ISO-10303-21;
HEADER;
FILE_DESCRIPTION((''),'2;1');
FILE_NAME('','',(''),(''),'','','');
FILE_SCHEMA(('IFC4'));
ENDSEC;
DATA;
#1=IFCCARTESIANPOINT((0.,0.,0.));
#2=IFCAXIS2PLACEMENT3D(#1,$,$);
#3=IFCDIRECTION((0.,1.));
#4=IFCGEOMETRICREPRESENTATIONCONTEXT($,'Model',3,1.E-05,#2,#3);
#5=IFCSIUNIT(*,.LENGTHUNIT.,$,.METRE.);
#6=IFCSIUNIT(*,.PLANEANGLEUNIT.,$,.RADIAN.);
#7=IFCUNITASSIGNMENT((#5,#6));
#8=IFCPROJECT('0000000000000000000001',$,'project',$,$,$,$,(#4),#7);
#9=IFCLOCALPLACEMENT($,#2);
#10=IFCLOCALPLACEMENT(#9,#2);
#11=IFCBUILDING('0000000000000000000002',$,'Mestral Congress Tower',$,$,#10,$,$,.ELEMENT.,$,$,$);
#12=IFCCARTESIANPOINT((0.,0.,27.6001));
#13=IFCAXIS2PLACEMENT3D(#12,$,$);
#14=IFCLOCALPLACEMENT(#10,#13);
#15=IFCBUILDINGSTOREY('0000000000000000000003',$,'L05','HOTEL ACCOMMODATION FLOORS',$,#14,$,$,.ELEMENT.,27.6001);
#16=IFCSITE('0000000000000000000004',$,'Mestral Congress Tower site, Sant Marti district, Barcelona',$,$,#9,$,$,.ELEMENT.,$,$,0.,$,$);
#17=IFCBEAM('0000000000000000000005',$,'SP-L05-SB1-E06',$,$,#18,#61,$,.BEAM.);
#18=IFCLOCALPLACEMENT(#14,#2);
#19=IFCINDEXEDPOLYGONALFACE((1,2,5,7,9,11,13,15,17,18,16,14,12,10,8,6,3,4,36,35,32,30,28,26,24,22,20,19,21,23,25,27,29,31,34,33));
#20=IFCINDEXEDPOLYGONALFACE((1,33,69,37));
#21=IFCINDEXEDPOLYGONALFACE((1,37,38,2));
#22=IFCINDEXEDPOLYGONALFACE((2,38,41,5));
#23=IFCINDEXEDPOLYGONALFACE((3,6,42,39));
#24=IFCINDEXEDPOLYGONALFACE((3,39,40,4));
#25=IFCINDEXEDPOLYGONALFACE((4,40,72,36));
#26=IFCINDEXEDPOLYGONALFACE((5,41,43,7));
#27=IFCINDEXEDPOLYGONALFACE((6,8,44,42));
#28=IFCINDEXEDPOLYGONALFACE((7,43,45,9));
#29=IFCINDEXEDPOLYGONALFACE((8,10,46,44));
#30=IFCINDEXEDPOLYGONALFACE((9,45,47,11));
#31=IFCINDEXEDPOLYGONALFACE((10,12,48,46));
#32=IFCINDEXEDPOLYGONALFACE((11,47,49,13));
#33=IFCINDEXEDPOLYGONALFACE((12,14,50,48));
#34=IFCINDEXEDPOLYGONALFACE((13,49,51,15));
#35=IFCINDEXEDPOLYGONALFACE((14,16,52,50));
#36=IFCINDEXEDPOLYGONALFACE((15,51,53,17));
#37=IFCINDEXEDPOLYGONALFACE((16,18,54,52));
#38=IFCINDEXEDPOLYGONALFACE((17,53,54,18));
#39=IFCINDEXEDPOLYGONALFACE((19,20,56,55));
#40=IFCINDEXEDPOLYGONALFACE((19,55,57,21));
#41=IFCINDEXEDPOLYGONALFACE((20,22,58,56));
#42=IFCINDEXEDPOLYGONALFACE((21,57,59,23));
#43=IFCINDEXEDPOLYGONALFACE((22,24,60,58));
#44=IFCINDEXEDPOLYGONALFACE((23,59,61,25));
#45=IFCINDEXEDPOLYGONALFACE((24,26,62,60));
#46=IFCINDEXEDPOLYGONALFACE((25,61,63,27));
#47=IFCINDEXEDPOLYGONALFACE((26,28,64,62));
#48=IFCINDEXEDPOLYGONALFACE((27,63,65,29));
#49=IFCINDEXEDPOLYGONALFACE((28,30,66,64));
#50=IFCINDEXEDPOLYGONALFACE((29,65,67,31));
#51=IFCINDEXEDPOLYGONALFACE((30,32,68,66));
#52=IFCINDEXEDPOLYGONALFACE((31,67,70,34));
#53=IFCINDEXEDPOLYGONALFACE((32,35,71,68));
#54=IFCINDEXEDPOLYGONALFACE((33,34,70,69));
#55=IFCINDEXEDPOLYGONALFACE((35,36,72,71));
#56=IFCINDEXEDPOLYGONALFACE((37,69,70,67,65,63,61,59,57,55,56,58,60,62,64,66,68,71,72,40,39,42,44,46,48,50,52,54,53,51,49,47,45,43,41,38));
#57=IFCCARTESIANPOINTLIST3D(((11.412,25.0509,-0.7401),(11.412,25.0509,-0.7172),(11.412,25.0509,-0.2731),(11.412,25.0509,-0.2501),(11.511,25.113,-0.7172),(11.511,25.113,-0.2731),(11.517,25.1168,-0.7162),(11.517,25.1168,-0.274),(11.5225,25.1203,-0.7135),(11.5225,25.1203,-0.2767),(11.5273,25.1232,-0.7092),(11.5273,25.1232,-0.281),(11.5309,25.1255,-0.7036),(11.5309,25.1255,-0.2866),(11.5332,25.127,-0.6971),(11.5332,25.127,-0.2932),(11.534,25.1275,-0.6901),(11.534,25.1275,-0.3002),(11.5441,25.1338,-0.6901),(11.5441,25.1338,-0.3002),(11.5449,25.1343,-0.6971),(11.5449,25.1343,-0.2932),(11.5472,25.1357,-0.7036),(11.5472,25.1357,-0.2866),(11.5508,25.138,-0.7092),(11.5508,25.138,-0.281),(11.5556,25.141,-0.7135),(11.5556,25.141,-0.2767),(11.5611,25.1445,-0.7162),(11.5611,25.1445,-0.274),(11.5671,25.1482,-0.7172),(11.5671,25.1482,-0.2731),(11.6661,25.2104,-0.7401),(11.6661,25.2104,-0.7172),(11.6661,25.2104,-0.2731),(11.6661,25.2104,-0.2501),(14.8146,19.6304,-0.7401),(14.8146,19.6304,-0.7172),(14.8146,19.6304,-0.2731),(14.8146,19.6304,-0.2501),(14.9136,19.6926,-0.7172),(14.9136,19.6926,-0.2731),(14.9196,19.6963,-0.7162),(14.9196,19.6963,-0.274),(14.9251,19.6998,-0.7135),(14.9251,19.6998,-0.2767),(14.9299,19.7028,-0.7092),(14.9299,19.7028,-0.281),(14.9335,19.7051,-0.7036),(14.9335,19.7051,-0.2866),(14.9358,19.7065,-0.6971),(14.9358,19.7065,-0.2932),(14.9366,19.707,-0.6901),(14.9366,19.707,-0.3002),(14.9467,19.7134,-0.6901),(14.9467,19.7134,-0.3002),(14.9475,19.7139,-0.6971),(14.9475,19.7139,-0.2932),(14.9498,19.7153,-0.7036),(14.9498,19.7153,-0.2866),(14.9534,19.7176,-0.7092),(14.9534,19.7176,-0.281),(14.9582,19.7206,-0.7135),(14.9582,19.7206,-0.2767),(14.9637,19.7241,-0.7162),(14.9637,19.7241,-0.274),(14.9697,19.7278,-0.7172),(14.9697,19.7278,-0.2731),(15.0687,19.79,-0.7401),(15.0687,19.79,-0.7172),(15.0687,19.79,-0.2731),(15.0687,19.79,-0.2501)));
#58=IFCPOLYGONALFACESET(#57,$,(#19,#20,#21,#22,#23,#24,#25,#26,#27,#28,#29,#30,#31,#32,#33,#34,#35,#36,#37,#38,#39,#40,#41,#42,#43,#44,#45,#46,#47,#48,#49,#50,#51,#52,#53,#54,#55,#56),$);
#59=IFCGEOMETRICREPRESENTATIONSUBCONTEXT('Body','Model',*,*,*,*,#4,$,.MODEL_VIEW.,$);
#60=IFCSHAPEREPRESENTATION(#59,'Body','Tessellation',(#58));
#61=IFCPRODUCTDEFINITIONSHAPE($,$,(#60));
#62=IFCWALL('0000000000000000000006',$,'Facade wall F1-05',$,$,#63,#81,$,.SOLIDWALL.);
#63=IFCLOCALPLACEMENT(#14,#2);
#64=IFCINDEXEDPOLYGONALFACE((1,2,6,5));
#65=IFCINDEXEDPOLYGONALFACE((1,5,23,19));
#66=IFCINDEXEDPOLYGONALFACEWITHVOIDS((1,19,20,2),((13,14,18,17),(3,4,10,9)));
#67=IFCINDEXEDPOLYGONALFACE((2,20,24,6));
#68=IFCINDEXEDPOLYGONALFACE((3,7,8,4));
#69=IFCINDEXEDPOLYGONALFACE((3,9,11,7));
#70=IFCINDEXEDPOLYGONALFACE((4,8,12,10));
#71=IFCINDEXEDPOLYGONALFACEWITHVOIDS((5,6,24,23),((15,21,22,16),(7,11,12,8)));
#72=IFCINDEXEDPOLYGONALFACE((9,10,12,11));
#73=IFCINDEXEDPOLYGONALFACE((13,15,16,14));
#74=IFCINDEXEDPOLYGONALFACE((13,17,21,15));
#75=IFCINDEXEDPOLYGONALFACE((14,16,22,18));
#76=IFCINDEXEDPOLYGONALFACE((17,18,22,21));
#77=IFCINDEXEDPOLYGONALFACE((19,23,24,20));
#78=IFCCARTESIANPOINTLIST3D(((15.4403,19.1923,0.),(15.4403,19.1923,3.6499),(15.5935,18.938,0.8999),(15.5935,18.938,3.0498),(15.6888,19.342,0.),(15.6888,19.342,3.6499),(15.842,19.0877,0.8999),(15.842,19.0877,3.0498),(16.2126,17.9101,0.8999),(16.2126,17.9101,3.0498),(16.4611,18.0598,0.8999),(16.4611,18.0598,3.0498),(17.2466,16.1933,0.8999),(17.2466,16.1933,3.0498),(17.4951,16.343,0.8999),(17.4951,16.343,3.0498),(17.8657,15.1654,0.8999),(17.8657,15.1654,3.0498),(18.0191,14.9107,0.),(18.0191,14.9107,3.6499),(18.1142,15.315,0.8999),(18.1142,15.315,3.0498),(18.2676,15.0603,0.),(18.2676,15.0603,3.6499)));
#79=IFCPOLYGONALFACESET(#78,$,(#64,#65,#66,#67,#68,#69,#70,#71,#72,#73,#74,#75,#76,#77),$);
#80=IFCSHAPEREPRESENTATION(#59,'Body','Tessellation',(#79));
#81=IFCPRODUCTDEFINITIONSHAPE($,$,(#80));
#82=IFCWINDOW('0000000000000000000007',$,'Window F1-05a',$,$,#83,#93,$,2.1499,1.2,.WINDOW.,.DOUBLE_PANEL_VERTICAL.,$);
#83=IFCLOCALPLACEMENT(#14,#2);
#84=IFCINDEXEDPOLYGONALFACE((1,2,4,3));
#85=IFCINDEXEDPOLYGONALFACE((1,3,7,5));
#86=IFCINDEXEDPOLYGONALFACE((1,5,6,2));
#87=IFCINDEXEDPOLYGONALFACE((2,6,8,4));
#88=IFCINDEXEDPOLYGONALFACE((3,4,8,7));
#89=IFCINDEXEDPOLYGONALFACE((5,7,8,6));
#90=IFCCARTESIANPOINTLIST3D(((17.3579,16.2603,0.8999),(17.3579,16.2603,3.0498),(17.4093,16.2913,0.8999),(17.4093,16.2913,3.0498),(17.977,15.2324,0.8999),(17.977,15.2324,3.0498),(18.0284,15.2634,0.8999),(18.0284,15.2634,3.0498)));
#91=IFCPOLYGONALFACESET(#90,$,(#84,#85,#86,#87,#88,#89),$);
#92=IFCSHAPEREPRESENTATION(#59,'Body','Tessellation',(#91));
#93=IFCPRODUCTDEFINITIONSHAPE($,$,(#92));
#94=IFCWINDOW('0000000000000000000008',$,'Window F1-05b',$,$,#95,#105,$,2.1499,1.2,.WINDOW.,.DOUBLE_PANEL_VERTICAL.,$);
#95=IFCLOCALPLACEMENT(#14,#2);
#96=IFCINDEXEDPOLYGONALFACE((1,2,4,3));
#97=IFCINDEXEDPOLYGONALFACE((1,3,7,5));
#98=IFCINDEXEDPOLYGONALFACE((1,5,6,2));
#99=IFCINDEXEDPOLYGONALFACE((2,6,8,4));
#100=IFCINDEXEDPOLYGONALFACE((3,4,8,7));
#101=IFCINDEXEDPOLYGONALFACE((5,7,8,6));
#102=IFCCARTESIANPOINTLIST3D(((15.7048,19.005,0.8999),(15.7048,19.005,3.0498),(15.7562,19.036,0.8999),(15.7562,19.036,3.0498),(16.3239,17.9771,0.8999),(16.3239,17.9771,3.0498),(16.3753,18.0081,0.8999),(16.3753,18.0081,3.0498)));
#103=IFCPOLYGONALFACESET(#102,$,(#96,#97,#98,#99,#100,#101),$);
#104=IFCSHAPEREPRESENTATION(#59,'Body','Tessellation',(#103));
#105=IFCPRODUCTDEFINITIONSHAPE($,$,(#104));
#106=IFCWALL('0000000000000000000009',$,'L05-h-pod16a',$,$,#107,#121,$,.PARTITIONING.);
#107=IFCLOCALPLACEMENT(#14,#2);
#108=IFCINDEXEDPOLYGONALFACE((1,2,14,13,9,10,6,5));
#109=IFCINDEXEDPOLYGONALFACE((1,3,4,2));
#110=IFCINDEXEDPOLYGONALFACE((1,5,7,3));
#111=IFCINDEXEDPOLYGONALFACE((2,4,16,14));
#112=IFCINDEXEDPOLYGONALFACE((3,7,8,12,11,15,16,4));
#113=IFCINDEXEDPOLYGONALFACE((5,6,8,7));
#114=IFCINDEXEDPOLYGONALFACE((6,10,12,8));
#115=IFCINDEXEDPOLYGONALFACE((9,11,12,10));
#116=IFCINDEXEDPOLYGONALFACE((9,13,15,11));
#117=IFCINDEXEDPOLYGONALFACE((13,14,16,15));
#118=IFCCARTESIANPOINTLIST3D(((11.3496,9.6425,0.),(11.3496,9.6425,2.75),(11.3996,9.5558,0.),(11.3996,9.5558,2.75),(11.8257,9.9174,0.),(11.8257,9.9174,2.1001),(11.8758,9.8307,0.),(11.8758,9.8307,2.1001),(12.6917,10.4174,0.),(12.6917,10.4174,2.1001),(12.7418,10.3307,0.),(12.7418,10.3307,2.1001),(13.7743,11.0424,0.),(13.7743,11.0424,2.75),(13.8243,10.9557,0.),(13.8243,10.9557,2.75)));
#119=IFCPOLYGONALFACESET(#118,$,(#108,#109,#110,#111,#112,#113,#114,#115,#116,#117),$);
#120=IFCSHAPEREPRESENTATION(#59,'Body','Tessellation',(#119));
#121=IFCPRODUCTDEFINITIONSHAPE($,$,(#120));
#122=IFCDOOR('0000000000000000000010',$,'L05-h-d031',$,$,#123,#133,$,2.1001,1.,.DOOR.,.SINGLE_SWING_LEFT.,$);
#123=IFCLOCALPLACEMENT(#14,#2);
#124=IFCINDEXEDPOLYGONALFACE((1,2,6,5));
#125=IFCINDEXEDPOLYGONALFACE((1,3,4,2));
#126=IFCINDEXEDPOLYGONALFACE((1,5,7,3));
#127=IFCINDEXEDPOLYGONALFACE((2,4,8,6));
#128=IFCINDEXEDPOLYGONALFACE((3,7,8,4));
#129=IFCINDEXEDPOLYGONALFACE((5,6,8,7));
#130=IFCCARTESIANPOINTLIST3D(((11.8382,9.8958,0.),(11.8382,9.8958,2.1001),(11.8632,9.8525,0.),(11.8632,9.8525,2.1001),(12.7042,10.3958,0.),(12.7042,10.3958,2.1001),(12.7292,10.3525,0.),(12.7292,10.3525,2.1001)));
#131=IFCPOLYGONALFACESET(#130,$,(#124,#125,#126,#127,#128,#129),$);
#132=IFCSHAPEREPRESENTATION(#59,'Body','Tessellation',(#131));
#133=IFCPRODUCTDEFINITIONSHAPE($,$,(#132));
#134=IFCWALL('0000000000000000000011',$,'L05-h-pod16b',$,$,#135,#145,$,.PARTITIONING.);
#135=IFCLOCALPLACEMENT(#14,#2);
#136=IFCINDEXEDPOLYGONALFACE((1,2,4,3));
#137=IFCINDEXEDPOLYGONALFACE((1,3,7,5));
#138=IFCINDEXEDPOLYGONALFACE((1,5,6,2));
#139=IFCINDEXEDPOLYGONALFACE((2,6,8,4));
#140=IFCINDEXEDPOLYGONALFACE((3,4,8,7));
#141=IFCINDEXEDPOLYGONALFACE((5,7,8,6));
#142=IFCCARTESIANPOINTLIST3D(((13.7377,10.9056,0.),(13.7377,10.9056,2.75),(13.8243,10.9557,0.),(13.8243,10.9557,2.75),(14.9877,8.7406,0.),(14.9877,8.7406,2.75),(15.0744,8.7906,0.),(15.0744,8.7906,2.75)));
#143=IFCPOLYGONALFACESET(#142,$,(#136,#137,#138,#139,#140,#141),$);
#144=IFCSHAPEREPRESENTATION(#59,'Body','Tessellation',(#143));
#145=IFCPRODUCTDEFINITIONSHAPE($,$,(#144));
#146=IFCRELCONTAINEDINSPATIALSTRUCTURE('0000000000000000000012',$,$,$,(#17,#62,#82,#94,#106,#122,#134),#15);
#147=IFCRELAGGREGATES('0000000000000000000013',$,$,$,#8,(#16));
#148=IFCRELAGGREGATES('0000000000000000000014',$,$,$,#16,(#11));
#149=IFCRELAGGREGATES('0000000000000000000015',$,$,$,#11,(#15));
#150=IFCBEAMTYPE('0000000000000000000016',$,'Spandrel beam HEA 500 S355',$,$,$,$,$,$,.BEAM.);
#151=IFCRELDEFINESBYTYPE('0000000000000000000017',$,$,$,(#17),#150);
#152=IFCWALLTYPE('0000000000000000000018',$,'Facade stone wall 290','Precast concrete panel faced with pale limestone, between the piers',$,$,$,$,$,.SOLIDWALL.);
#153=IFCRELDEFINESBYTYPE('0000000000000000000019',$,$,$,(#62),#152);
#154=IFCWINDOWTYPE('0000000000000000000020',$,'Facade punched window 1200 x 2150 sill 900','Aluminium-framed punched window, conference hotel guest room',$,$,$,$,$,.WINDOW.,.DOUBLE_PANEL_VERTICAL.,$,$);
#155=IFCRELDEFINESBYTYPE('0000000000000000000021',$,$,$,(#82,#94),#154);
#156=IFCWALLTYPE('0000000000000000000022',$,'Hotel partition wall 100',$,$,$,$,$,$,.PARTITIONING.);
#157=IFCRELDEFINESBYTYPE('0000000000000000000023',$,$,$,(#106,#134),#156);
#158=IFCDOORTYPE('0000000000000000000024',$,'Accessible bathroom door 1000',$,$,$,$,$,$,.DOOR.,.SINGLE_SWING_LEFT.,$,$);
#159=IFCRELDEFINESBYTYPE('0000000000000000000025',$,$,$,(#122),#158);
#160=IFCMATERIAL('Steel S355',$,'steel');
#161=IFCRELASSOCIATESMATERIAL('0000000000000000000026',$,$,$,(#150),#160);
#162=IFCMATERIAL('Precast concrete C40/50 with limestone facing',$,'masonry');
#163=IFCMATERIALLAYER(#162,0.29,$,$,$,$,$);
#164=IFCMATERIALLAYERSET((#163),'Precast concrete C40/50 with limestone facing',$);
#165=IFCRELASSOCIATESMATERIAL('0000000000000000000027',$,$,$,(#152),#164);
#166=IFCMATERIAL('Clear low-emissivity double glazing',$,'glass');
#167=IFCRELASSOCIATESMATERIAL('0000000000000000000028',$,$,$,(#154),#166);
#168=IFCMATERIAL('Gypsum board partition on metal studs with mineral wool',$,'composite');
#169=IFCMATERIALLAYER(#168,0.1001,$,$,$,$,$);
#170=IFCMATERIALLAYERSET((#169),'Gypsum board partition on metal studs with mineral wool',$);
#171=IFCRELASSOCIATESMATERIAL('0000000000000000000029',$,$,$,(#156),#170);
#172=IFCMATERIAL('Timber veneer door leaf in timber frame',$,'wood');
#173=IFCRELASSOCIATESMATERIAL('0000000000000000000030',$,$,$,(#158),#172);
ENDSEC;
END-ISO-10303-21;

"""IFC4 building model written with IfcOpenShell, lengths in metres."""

from ifc_helpers import new_model, si_unit, direction, frame, frame_2d, origin, origin_2d, place, context, subcontext, project, spatial, rectangle, i_section, extrude, material, layer, layer_set, material_profile, profile_set, type_object, element, fill, save


model = new_model("IFC4")

# Units and contexts
model_context = context("Model", 3, precision=1e-05, world=origin(), true_north=direction((0.0, 1.0)))
body_context = subcontext(model_context, "Body", "Model", "MODEL_VIEW")
ifc_project = project(units=[si_unit("LENGTHUNIT", "METRE"), si_unit("PLANEANGLEUNIT", "RADIAN")], contexts=[model_context])

# Site, building, storey
site_placement = place(None, origin())
site = spatial("IfcSite", under=ifc_project, at=site_placement, Name="Mestral Congress Tower site, Sant Marti district, Barcelona", CompositionType="ELEMENT", RefElevation=0.0)
building_placement = place(site_placement, origin())
building = spatial("IfcBuilding", under=site, at=building_placement, Name="Mestral Congress Tower", CompositionType="ELEMENT")
storey_placement = place(building_placement, frame((0.0, 0.0, 27.6001)))
storey = spatial("IfcBuildingStorey", under=building, at=storey_placement, Name="L05", Description="HOTEL ACCOMMODATION FLOORS", CompositionType="ELEMENT", Elevation=27.6001)

# Beam
ifc_material_1 = material(Name="Steel S355", Category="steel")
ifc_material_profile_1 = material_profile(ifc_material_1, i_section(OverallWidth=0.3, OverallDepth=0.49, WebThickness=0.012, FlangeThickness=0.0229, FilletRadius=0.0271, at=origin_2d()), Name="HEA 500")
ifc_profile_set_1 = profile_set([ifc_material_profile_1], Name="Steel S355")
beam_type_1 = type_object("IfcBeamType", Name="Spandrel beam HEA 500 S355", PredefinedType="BEAM", material=ifc_profile_set_1)
for number, where, z_axis, x_axis, name in (
    (1, (14.9417, 19.7102, -0.4951), (-0.531664, 0.846955, 0.0), (-0.846955, -0.531664, 0.0), "SP-L05-SB1-E06"),
):
    element("IfcBeam", number, at=place(storey_placement, frame(where, z_axis=z_axis, x_axis=x_axis)), inside=storey, type_object=beam_type_1, Name=name, PredefinedType="BEAM", context=body_context, shape_type="SweptSolid", body=[
        extrude(i_section(OverallWidth=0.3, OverallDepth=0.49, WebThickness=0.012, FlangeThickness=0.0229, FilletRadius=0.0271, at=origin_2d()), origin(), (0.0, 0.0, 1.0), 6.3999),
    ])

# Wall, openings, windows
ifc_material_2 = material(Name="Precast concrete C40/50 with limestone facing", Category="masonry")
ifc_layer_1 = layer(ifc_material_2, 0.29)
ifc_layer_set_1 = layer_set([ifc_layer_1], Name="Precast concrete C40/50 with limestone facing")
wall_type_1 = type_object("IfcWallType", Name="Facade stone wall 290", Description="Precast concrete panel faced with pale limestone, between the piers", PredefinedType="SOLIDWALL", material=ifc_layer_set_1)
wall_1_placement = place(storey_placement, frame((18.1433, 14.9856, 0.0), z_axis=(0.0, 0.0, 1.0), x_axis=(-0.515939, 0.856625, 0.0)))
wall_1 = element("IfcWall", 2, at=wall_1_placement, inside=storey, type_object=wall_type_1, Name="Facade wall F1-05", PredefinedType="SOLIDWALL", context=body_context, shape_type="SweptSolid", body=[
    extrude(rectangle(XDim=4.9983, YDim=0.29, at=frame_2d((2.499, 0.0))), origin(), (0.0, 0.0, 1.0), 3.6499),
])
opening_1_placement = place(wall_1_placement, frame((0.2971, 0.0, 0.8999)))
opening_1 = element("IfcOpeningElement", 3, at=opening_1_placement, cuts=wall_1, PredefinedType="OPENING", context=body_context, shape_type="SweptSolid", body=[
    extrude(rectangle(XDim=1.2, YDim=2.1499, at=frame_2d((0.6001, 1.075))), frame((0.0, 0.155, 0.0), z_axis=(0.0, -1.0, 0.0), x_axis=(1.0, 0.0, 0.0)), (0.0, 0.0, 1.0), 0.3101),
])
opening_2_placement = place(wall_1_placement, frame((3.5012, 0.0, 0.8999)))
opening_2 = element("IfcOpeningElement", 4, at=opening_2_placement, cuts=wall_1, PredefinedType="OPENING", context=body_context, shape_type="SweptSolid", body=[
    extrude(rectangle(XDim=1.2, YDim=2.1499, at=frame_2d((0.6001, 1.075))), frame((0.0, 0.155, 0.0), z_axis=(0.0, -1.0, 0.0), x_axis=(1.0, 0.0, 0.0)), (0.0, 0.0, 1.0), 0.3101),
])
ifc_material_3 = material(Name="Clear low-emissivity double glazing", Category="glass")
window_type = type_object("IfcWindowType", Name="Facade punched window 1200 x 2150 sill 900", Description="Aluminium-framed punched window, conference hotel guest room", PartitioningType="DOUBLE_PANEL_VERTICAL", PredefinedType="WINDOW", material=ifc_material_3)
window_1_placement = place(opening_1_placement, origin())
window_1 = element("IfcWindow", 5, at=window_1_placement, inside=storey, type_object=window_type, Name="Window F1-05a", OverallHeight=2.1499, OverallWidth=1.2, PartitioningType="DOUBLE_PANEL_VERTICAL", PredefinedType="WINDOW", context=body_context, shape_type="SweptSolid", body=[
    extrude(rectangle(XDim=1.2, YDim=2.1499, at=frame_2d((0.6001, 1.075))), frame((0.0, 0.0151, 0.0), z_axis=(0.0, -1.0, 0.0), x_axis=(1.0, 0.0, 0.0)), (0.0, 0.0, 1.0), 0.0601),
])
fill(opening_1, window_1)
window_2_placement = place(opening_2_placement, origin())
window_2 = element("IfcWindow", 6, at=window_2_placement, inside=storey, type_object=window_type, Name="Window F1-05b", OverallHeight=2.1499, OverallWidth=1.2, PartitioningType="DOUBLE_PANEL_VERTICAL", PredefinedType="WINDOW", context=body_context, shape_type="SweptSolid", body=[
    extrude(rectangle(XDim=1.2, YDim=2.1499, at=frame_2d((0.6001, 1.075))), frame((0.0, 0.0151, 0.0), z_axis=(0.0, -1.0, 0.0), x_axis=(1.0, 0.0, 0.0)), (0.0, 0.0, 1.0), 0.0601),
])
fill(opening_2, window_2)

# Wall, opening, door
ifc_material_4 = material(Name="Gypsum board partition on metal studs with mineral wool", Category="composite")
ifc_layer_2 = layer(ifc_material_4, 0.1001)
ifc_layer_set_2 = layer_set([ifc_layer_2], Name="Gypsum board partition on metal studs with mineral wool")
wall_type_2 = type_object("IfcWallType", Name="Hotel partition wall 100", PredefinedType="PARTITIONING", material=ifc_layer_set_2)
wall_2_placement = place(storey_placement, frame((13.7993, 10.999, 0.0), z_axis=(0.0, 0.0, 1.0), x_axis=(-0.866035, -0.499984, 0.0)))
wall_2 = element("IfcWall", 7, at=wall_2_placement, inside=storey, type_object=wall_type_2, Name="L05-h-pod16a", PredefinedType="PARTITIONING", context=body_context, shape_type="SweptSolid", body=[
    extrude(rectangle(XDim=2.7998, YDim=0.1001, at=frame_2d((1.3999, 0.0))), origin(), (0.0, 0.0, 1.0), 2.75),
])
opening_3_placement = place(wall_2_placement, frame((1.25, 0.0, 0.0)))
opening_3 = element("IfcOpeningElement", 8, at=opening_3_placement, cuts=wall_2, PredefinedType="OPENING", context=body_context, shape_type="SweptSolid", body=[
    extrude(rectangle(XDim=1.0, YDim=2.1001, at=frame_2d((0.5, 1.05))), frame((0.0, 0.0601, 0.0), z_axis=(0.0, -1.0, 0.0), x_axis=(1.0, 0.0, 0.0)), (0.0, 0.0, 1.0), 0.1201),
])
ifc_material_5 = material(Name="Timber veneer door leaf in timber frame", Category="wood")
door_type_1 = type_object("IfcDoorType", Name="Accessible bathroom door 1000", OperationType="SINGLE_SWING_LEFT", PredefinedType="DOOR", material=ifc_material_5)
door_1_placement = place(opening_3_placement, origin())
door_1 = element("IfcDoor", 9, at=door_1_placement, inside=storey, type_object=door_type_1, Name="L05-h-d031", OperationType="SINGLE_SWING_LEFT", OverallHeight=2.1001, OverallWidth=1.0, PredefinedType="DOOR", context=body_context, shape_type="SweptSolid", body=[
    extrude(rectangle(XDim=1.0, YDim=2.1001, at=frame_2d((0.5, 1.05))), frame((0.0, 0.0249, 0.0), z_axis=(0.0, -1.0, 0.0), x_axis=(1.0, 0.0, 0.0)), (0.0, 0.0, 1.0), 0.05),
])
fill(opening_3, door_1)

# Wall
wall_3_placement = place(storey_placement, frame((13.781, 10.9307, 0.0), z_axis=(0.0, 0.0, 1.0), x_axis=(0.500004, -0.866023, 0.0)))
element("IfcWall", 10, at=wall_3_placement, inside=storey, type_object=wall_type_2, Name="L05-h-pod16b", PredefinedType="PARTITIONING", context=body_context, shape_type="SweptSolid", body=[
    extrude(rectangle(XDim=2.5, YDim=0.1001, at=frame_2d((1.25, 0.0))), origin(), (0.0, 0.0, 1.0), 2.75),
])

save(model, "model.ifc")
